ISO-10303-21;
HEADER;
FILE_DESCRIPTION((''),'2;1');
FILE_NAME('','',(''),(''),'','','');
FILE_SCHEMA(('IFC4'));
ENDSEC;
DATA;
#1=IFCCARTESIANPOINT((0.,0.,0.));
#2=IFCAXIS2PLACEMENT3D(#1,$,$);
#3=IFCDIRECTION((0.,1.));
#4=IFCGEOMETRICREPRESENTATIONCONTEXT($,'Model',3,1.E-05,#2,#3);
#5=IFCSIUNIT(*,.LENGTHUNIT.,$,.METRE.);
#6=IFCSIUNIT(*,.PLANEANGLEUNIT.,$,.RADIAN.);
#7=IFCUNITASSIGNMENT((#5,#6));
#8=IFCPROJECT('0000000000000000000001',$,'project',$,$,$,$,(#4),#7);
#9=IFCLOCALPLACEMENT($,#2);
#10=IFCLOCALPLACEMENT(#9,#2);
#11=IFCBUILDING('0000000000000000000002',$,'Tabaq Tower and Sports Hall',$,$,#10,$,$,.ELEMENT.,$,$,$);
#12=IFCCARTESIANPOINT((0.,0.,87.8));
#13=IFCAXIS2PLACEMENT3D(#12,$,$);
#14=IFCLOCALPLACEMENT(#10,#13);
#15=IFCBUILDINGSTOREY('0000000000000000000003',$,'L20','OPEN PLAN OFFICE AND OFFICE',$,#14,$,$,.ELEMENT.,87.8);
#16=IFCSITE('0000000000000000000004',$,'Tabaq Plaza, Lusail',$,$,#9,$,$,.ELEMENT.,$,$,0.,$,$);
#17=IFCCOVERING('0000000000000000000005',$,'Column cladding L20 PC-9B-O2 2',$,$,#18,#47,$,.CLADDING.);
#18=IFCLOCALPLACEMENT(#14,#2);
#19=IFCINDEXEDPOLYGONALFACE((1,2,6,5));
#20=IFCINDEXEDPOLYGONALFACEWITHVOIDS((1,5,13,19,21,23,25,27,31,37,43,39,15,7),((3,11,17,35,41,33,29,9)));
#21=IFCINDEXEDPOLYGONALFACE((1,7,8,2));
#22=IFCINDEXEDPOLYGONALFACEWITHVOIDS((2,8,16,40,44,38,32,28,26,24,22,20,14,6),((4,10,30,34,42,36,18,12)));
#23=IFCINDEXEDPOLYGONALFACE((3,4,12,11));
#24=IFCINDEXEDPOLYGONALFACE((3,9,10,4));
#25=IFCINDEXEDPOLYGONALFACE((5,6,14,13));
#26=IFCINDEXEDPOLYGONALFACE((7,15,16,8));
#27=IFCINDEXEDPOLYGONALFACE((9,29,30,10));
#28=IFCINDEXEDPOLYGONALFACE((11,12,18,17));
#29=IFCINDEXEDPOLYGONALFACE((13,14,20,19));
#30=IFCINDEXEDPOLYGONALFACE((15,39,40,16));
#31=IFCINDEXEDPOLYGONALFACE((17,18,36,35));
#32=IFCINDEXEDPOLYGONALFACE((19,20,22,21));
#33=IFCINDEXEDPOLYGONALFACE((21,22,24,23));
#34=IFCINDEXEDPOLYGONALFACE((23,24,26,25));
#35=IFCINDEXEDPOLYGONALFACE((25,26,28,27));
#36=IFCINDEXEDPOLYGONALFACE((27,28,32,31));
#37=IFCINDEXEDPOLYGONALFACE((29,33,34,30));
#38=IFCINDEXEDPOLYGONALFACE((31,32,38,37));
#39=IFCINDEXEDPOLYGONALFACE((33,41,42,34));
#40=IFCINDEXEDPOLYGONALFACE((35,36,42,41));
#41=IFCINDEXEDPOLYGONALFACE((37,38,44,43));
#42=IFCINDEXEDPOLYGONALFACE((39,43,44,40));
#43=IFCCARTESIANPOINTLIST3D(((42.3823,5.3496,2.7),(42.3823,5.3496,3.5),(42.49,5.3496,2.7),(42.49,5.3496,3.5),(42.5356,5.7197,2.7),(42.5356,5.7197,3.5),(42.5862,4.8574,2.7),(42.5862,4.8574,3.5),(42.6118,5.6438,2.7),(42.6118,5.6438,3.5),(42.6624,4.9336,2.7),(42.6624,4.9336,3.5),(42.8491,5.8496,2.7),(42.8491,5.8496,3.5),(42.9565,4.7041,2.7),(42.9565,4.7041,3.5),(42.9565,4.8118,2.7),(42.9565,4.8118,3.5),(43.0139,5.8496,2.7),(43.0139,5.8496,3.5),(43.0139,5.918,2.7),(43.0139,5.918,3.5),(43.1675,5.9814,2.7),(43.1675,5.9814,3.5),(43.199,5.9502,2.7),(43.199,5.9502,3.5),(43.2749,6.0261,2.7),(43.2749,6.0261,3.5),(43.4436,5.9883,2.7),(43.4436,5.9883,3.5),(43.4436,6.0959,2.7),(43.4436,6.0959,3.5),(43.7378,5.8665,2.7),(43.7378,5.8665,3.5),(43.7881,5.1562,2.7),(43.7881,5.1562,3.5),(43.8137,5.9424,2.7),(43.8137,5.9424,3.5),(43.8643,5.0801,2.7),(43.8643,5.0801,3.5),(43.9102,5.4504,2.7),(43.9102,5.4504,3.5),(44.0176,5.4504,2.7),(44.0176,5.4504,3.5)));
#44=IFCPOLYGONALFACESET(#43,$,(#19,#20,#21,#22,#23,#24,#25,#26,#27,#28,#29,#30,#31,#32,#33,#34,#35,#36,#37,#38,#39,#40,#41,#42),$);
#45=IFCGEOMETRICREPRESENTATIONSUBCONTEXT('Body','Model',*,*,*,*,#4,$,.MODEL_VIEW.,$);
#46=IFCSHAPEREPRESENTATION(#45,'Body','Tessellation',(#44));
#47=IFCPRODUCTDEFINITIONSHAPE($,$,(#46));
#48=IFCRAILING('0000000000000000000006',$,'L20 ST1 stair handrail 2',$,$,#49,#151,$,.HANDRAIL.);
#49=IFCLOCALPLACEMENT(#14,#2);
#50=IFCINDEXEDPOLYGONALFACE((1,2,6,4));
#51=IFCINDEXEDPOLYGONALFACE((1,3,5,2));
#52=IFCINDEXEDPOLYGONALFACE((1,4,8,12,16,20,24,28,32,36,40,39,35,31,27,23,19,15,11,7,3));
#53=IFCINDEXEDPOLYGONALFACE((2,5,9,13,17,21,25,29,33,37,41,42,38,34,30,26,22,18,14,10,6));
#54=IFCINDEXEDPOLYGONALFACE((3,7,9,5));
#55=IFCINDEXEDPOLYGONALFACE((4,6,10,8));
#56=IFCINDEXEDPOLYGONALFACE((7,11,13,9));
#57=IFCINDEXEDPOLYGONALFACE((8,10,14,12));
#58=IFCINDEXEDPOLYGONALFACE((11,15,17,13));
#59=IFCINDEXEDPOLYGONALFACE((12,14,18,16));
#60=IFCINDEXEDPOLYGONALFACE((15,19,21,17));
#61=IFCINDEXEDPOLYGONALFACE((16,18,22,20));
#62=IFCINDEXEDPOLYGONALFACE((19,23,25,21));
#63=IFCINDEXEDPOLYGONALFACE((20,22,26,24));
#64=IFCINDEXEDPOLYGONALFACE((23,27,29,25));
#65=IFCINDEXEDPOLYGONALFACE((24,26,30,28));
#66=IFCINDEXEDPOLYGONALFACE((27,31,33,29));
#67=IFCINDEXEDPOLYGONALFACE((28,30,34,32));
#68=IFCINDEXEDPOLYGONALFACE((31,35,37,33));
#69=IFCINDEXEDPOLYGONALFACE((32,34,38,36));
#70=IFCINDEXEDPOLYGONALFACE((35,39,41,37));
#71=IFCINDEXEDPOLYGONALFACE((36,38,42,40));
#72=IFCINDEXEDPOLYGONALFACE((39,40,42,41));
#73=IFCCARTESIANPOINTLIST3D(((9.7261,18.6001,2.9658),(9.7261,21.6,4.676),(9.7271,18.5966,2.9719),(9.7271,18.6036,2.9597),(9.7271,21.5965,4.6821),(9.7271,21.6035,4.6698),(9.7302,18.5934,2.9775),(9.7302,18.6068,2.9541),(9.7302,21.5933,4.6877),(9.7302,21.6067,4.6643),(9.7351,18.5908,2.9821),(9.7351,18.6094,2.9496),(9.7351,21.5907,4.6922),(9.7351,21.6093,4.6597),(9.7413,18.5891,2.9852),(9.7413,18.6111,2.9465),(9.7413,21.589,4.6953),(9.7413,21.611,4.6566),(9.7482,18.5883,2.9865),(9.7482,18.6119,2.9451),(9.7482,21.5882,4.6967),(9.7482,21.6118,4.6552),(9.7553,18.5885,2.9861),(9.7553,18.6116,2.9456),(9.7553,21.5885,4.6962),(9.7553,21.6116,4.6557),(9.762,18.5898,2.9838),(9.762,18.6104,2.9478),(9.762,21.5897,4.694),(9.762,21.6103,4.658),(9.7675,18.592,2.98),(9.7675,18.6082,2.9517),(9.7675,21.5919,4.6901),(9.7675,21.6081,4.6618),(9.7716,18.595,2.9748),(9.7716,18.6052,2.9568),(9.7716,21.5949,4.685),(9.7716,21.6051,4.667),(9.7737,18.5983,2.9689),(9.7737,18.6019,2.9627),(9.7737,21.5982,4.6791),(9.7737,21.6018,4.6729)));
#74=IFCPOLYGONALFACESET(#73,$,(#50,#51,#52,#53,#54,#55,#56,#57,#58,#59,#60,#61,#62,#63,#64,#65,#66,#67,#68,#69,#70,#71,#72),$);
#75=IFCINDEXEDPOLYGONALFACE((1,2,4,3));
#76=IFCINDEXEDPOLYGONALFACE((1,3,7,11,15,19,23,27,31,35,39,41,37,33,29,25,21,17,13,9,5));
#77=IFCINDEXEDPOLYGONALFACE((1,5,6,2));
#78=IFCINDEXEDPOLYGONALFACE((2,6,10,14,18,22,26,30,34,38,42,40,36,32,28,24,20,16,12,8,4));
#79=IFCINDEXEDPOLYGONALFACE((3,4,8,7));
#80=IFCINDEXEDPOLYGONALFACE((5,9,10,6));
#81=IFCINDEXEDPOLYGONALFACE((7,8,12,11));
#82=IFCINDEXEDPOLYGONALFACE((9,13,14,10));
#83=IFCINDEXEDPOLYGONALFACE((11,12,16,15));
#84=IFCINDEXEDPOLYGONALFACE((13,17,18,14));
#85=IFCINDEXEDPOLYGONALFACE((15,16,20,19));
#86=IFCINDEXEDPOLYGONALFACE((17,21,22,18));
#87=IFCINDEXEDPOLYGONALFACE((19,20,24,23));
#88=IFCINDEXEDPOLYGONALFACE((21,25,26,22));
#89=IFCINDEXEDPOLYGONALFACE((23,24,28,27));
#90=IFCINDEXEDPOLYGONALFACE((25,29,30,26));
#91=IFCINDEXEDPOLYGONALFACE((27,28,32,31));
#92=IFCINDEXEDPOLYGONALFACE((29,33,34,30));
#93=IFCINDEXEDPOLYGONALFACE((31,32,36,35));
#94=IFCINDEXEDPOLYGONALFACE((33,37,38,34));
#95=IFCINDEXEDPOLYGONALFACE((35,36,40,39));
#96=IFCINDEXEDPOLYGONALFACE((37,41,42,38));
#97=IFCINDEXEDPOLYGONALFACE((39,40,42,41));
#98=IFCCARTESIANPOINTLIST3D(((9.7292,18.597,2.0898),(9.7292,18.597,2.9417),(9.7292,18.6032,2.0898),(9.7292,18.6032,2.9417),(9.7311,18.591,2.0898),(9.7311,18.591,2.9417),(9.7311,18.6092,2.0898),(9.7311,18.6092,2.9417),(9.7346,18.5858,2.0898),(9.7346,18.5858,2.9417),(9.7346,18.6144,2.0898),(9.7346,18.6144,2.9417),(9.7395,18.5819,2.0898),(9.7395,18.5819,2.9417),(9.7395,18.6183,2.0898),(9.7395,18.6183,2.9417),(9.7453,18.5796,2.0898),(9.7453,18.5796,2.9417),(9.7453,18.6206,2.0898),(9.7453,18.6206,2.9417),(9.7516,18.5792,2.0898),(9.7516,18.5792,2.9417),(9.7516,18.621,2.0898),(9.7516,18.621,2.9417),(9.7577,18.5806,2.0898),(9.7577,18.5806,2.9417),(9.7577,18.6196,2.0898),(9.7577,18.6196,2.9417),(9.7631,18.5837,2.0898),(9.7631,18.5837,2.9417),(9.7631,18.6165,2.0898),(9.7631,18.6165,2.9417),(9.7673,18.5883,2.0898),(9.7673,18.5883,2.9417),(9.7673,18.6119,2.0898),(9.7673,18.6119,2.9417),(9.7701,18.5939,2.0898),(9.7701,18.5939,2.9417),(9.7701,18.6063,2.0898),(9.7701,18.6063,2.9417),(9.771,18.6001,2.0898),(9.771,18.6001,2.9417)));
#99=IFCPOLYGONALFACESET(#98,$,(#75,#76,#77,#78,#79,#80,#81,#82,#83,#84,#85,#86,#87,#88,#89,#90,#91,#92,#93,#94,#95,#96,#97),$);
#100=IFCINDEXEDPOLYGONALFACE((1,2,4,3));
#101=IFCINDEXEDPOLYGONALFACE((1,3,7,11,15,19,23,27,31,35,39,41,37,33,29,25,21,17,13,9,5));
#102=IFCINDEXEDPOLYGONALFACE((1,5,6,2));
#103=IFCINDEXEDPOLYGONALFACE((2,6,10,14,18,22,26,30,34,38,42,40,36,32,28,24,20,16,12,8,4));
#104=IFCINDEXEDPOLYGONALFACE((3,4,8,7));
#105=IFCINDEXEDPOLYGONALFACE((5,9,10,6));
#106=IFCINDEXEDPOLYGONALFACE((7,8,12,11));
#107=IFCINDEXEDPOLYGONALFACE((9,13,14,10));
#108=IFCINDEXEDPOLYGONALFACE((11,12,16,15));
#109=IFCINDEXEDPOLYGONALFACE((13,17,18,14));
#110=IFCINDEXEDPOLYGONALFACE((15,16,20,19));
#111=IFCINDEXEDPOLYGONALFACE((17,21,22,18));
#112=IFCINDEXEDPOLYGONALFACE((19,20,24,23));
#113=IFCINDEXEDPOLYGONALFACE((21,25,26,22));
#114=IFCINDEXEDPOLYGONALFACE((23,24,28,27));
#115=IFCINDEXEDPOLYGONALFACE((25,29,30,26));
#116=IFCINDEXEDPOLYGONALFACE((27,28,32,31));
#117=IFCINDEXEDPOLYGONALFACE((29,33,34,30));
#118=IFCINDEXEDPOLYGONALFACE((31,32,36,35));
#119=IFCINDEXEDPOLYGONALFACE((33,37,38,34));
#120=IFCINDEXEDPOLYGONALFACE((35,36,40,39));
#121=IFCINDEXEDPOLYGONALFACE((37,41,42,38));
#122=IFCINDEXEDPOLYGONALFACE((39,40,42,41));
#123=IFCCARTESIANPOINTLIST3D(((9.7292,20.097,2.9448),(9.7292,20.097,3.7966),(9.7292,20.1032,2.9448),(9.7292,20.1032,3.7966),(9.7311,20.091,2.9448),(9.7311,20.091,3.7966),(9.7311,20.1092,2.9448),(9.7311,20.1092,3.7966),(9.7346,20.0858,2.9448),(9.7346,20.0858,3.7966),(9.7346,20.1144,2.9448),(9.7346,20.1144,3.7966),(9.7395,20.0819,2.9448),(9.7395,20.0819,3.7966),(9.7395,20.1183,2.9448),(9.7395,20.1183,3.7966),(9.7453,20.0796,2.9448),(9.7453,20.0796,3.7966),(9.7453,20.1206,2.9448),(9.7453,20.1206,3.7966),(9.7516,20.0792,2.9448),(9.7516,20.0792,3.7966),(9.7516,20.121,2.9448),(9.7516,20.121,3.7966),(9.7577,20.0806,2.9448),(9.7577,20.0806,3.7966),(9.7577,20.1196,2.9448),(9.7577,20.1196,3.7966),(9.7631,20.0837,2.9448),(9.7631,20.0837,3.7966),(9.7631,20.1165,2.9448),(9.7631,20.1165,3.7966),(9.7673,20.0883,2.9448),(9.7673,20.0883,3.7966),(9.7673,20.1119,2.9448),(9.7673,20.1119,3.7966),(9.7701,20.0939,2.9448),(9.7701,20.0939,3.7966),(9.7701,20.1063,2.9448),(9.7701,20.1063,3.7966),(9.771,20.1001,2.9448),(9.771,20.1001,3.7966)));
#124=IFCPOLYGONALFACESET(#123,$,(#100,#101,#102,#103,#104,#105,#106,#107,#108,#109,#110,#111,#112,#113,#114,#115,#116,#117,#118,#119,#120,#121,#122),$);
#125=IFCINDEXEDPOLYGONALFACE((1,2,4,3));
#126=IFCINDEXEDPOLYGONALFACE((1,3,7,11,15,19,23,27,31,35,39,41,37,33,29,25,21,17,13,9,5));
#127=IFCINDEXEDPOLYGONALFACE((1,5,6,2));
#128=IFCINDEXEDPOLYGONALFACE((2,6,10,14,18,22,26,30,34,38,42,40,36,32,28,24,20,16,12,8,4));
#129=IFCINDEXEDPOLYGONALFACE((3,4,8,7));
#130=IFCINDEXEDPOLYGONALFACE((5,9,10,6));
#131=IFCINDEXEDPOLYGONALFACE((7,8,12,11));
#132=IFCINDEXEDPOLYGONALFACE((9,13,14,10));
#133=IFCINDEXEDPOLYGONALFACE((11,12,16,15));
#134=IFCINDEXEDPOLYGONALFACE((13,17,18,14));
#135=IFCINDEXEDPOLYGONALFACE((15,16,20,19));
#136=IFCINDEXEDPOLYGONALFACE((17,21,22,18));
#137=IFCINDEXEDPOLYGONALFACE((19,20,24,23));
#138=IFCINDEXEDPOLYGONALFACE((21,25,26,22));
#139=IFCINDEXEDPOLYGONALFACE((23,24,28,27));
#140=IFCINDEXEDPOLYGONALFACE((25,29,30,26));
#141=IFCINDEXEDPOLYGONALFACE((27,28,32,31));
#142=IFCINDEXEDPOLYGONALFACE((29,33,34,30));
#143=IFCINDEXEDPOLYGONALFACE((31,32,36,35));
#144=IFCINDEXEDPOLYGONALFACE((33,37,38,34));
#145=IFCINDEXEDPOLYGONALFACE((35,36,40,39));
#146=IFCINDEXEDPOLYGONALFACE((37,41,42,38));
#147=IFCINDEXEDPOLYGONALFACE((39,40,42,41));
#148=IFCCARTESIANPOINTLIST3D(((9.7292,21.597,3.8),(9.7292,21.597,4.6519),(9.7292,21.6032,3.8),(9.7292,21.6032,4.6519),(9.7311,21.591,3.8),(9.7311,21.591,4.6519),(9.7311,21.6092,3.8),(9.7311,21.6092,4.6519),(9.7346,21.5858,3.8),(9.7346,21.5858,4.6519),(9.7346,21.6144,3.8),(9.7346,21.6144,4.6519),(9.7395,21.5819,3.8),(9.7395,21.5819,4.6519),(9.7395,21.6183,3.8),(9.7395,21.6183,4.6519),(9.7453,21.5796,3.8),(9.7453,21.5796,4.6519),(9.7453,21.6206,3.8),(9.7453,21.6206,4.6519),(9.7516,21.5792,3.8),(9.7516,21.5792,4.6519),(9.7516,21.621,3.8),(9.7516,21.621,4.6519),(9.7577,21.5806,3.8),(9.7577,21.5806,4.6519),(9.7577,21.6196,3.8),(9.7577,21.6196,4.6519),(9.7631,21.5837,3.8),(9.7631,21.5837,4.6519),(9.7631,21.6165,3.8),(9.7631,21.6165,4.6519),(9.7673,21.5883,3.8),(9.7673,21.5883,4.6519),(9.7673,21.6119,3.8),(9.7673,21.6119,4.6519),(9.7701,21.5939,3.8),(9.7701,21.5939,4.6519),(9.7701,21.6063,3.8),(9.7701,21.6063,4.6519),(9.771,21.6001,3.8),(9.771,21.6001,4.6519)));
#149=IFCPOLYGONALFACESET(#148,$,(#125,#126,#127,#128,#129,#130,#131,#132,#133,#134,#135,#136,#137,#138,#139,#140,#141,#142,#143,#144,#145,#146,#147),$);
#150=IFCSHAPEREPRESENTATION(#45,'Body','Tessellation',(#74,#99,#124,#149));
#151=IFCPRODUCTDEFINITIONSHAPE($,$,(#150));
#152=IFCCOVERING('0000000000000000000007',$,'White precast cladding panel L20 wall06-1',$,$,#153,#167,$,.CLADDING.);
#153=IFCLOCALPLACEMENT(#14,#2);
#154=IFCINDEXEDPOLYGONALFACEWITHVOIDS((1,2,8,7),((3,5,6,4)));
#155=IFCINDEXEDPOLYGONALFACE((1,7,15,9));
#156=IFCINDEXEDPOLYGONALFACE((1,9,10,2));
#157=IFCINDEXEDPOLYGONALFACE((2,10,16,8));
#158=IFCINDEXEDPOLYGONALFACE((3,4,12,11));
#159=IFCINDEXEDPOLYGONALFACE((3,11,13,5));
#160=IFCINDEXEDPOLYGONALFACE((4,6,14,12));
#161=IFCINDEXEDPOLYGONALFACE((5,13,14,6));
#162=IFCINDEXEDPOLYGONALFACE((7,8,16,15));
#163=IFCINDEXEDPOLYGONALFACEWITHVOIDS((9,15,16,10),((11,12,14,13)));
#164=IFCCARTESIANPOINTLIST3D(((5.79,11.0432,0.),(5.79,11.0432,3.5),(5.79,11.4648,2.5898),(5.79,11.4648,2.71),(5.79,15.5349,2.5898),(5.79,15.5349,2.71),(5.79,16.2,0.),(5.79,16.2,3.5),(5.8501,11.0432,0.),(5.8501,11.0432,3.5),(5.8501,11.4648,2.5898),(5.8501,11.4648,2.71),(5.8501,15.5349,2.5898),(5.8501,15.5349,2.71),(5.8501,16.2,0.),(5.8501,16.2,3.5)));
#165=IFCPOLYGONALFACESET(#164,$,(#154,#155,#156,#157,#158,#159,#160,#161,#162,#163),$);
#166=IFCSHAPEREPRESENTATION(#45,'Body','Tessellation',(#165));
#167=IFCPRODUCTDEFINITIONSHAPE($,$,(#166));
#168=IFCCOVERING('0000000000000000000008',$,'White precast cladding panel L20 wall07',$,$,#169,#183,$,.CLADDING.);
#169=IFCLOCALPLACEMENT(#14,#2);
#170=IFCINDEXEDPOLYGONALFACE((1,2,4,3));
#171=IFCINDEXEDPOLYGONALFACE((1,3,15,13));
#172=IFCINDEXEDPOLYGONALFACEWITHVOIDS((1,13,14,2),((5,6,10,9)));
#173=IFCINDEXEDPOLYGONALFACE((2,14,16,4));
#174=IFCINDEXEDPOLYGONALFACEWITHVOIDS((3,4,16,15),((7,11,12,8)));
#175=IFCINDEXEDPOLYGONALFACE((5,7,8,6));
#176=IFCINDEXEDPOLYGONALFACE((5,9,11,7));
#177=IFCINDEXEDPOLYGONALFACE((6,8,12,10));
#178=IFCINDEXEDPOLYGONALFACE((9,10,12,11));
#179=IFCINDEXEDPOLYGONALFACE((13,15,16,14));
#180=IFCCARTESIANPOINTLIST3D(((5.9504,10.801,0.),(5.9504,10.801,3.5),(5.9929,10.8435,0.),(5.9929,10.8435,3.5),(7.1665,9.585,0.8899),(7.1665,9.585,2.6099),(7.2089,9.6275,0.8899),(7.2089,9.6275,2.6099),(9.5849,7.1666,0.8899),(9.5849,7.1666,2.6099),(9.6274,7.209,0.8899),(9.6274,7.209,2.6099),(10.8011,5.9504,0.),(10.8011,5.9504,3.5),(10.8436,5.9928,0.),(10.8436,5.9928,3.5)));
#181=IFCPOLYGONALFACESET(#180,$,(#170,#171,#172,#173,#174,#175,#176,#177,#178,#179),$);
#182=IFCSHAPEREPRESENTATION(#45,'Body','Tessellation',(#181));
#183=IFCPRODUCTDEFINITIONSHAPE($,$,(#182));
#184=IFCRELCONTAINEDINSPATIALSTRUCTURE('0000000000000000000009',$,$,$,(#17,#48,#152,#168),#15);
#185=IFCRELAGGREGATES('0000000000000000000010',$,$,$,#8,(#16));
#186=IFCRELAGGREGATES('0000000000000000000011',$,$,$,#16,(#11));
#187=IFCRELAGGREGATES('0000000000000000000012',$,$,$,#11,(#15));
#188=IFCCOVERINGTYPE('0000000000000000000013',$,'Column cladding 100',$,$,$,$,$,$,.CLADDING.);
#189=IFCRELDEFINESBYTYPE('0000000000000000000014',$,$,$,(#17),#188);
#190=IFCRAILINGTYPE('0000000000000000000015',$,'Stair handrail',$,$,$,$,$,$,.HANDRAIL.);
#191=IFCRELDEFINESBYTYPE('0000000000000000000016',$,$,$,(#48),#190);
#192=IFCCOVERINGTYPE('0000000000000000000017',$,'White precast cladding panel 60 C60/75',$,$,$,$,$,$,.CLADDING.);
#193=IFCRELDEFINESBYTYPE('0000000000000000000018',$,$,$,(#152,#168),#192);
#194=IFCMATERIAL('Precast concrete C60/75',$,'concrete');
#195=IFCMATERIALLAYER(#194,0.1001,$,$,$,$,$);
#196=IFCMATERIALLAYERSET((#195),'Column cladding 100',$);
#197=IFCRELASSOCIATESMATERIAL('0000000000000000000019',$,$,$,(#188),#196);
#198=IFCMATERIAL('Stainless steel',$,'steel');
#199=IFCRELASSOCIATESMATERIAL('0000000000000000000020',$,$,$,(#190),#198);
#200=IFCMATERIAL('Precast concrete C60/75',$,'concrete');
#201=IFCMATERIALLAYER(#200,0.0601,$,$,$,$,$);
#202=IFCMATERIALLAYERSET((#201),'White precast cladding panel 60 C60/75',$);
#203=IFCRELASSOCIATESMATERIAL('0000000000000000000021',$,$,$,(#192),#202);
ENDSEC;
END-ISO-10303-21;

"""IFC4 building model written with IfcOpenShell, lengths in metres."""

from ifc_helpers import new_model, si_unit, direction, frame, origin, origin_2d, place, context, subcontext, project, spatial, polyline, circle, outline, extrude, material, layer, layer_set, type_object, element, save


model = new_model("IFC4")

# Units and contexts
model_context = context("Model", 3, precision=1e-05, world=origin(), true_north=direction((0.0, 1.0)))
body_context = subcontext(model_context, "Body", "Model", "MODEL_VIEW")
ifc_project = project(units=[si_unit("LENGTHUNIT", "METRE"), si_unit("PLANEANGLEUNIT", "RADIAN")], contexts=[model_context])

# Site, building, storey
site_placement = place(None, origin())
site = spatial("IfcSite", under=ifc_project, at=site_placement, Name="Tabaq Plaza, Lusail", CompositionType="ELEMENT", RefElevation=0.0)
building_placement = place(site_placement, origin())
building = spatial("IfcBuilding", under=site, at=building_placement, Name="Tabaq Tower and Sports Hall", CompositionType="ELEMENT")
storey_placement = place(building_placement, frame((0.0, 0.0, 87.8)))
storey = spatial("IfcBuildingStorey", under=building, at=storey_placement, Name="L20", Description="OPEN PLAN OFFICE AND OFFICE", CompositionType="ELEMENT", Elevation=87.8)

# Covering
ifc_material_1 = material(Name="Precast concrete C60/75", Category="concrete")
ifc_layer_1 = layer(ifc_material_1, 0.1001)
ifc_layer_set_1 = layer_set([ifc_layer_1], Name="Column cladding 100")
covering_type_1 = type_object("IfcCoveringType", Name="Column cladding 100", PredefinedType="CLADDING", material=ifc_layer_set_1)
covering_1_placement = place(storey_placement, frame((0.0, 0.0, 2.7)))
element("IfcCovering", 1, at=covering_1_placement, inside=storey, type_object=covering_type_1, Name="Column cladding L20 PC-9B-O2 2", PredefinedType="CLADDING", context=body_context, shape_type="SweptSolid", body=[
    extrude(outline(polyline([(42.3823, 5.3496), (42.5356, 5.7197), (42.8491, 5.8496), (43.0139, 5.8496), (43.0139, 5.918), (43.1675, 5.9814), (43.199, 5.9502), (43.2749, 6.0261), (43.4436, 6.0959), (43.8137, 5.9424), (44.0176, 5.4504), (43.8643, 5.0801), (42.9565, 4.7041), (42.5862, 4.8574), (42.3823, 5.3496)]), holes=[polyline([(43.9102, 5.4504), (43.7378, 5.8665), (43.4436, 5.9883), (42.6118, 5.6438), (42.49, 5.3496), (42.6624, 4.9336), (42.9565, 4.8118), (43.7881, 5.1562), (43.9102, 5.4504)])]), origin(), (0.0, 0.0, 1.0), 0.8),
])

# Railing
ifc_material_2 = material(Name="Stainless steel", Category="steel")
railing_type = type_object("IfcRailingType", Name="Stair handrail", PredefinedType="HANDRAIL", material=ifc_material_2)
railing_placement = place(storey_placement, frame((9.75, 18.6001, 2.0898)))
element("IfcRailing", 2, at=railing_placement, inside=storey, type_object=railing_type, Name="L20 ST1 stair handrail 2", PredefinedType="HANDRAIL", context=body_context, shape_type="SweptSolid", body=[
    extrude(circle(Radius=0.0239, at=origin_2d()), frame((0.0, 0.0, 0.876), z_axis=(0.0, 0.868752, 0.495248), x_axis=(-1.0, 0.0, 0.0)), (0.0, 0.0, 1.0), 3.4531),
    extrude(circle(Radius=0.021, at=origin_2d()), origin(), (0.0, 0.0, 1.0), 0.8518),
    extrude(circle(Radius=0.021, at=origin_2d()), frame((0.0, 1.5, 0.855)), (0.0, 0.0, 1.0), 0.8518),
    extrude(circle(Radius=0.021, at=origin_2d()), frame((0.0, 3.0, 1.7102)), (0.0, 0.0, 1.0), 0.8518),
])

# Coverings
ifc_material_3 = material(Name="Precast concrete C60/75", Category="concrete")
ifc_layer_2 = layer(ifc_material_3, 0.0601)
ifc_layer_set_2 = layer_set([ifc_layer_2], Name="White precast cladding panel 60 C60/75")
covering_type_2 = type_object("IfcCoveringType", Name="White precast cladding panel 60 C60/75", PredefinedType="CLADDING", material=ifc_layer_set_2)
covering_2_placement = place(storey_placement, frame((5.8201, 16.2, 0.0), z_axis=(0.0, 0.0, 1.0), x_axis=(0.0, -1.0, 0.0)))
element("IfcCovering", 3, at=covering_2_placement, inside=storey, type_object=covering_type_2, Name="White precast cladding panel L20 wall06-1", PredefinedType="CLADDING", context=body_context, shape_type="SweptSolid", body=[
    extrude(outline(polyline([(0.0, 0.0), (5.1567, 0.0), (5.1567, 3.5), (0.0, 3.5), (0.0, 0.0)]), holes=[polyline([(0.665, 2.5898), (0.665, 2.71), (4.7351, 2.71), (4.7351, 2.5898), (0.665, 2.5898)])]), frame((0.0, 0.03, 0.0), z_axis=(0.0, -1.0, 0.0), x_axis=(1.0, 0.0, 0.0)), (0.0, 0.0, 1.0), 0.0601),
])
covering_3_placement = place(storey_placement, frame((5.9717, 10.8223, 0.0), z_axis=(0.0, 0.0, 1.0), x_axis=(0.707107, -0.707107, 0.0)))
element("IfcCovering", 4, at=covering_3_placement, inside=storey, type_object=covering_type_2, Name="White precast cladding panel L20 wall07", PredefinedType="CLADDING", context=body_context, shape_type="SweptSolid", body=[
    extrude(outline(polyline([(0.0, 0.0), (6.8599, 0.0), (6.8599, 3.5), (0.0, 3.5), (0.0, 0.0)]), holes=[polyline([(1.7197, 0.8899), (1.7197, 2.6099), (5.1399, 2.6099), (5.1399, 0.8899), (1.7197, 0.8899)])]), frame((0.0, 0.03, 0.0), z_axis=(0.0, -1.0, 0.0), x_axis=(1.0, 0.0, 0.0)), (0.0, 0.0, 1.0), 0.0601),
])

save(model, "model.ifc")
